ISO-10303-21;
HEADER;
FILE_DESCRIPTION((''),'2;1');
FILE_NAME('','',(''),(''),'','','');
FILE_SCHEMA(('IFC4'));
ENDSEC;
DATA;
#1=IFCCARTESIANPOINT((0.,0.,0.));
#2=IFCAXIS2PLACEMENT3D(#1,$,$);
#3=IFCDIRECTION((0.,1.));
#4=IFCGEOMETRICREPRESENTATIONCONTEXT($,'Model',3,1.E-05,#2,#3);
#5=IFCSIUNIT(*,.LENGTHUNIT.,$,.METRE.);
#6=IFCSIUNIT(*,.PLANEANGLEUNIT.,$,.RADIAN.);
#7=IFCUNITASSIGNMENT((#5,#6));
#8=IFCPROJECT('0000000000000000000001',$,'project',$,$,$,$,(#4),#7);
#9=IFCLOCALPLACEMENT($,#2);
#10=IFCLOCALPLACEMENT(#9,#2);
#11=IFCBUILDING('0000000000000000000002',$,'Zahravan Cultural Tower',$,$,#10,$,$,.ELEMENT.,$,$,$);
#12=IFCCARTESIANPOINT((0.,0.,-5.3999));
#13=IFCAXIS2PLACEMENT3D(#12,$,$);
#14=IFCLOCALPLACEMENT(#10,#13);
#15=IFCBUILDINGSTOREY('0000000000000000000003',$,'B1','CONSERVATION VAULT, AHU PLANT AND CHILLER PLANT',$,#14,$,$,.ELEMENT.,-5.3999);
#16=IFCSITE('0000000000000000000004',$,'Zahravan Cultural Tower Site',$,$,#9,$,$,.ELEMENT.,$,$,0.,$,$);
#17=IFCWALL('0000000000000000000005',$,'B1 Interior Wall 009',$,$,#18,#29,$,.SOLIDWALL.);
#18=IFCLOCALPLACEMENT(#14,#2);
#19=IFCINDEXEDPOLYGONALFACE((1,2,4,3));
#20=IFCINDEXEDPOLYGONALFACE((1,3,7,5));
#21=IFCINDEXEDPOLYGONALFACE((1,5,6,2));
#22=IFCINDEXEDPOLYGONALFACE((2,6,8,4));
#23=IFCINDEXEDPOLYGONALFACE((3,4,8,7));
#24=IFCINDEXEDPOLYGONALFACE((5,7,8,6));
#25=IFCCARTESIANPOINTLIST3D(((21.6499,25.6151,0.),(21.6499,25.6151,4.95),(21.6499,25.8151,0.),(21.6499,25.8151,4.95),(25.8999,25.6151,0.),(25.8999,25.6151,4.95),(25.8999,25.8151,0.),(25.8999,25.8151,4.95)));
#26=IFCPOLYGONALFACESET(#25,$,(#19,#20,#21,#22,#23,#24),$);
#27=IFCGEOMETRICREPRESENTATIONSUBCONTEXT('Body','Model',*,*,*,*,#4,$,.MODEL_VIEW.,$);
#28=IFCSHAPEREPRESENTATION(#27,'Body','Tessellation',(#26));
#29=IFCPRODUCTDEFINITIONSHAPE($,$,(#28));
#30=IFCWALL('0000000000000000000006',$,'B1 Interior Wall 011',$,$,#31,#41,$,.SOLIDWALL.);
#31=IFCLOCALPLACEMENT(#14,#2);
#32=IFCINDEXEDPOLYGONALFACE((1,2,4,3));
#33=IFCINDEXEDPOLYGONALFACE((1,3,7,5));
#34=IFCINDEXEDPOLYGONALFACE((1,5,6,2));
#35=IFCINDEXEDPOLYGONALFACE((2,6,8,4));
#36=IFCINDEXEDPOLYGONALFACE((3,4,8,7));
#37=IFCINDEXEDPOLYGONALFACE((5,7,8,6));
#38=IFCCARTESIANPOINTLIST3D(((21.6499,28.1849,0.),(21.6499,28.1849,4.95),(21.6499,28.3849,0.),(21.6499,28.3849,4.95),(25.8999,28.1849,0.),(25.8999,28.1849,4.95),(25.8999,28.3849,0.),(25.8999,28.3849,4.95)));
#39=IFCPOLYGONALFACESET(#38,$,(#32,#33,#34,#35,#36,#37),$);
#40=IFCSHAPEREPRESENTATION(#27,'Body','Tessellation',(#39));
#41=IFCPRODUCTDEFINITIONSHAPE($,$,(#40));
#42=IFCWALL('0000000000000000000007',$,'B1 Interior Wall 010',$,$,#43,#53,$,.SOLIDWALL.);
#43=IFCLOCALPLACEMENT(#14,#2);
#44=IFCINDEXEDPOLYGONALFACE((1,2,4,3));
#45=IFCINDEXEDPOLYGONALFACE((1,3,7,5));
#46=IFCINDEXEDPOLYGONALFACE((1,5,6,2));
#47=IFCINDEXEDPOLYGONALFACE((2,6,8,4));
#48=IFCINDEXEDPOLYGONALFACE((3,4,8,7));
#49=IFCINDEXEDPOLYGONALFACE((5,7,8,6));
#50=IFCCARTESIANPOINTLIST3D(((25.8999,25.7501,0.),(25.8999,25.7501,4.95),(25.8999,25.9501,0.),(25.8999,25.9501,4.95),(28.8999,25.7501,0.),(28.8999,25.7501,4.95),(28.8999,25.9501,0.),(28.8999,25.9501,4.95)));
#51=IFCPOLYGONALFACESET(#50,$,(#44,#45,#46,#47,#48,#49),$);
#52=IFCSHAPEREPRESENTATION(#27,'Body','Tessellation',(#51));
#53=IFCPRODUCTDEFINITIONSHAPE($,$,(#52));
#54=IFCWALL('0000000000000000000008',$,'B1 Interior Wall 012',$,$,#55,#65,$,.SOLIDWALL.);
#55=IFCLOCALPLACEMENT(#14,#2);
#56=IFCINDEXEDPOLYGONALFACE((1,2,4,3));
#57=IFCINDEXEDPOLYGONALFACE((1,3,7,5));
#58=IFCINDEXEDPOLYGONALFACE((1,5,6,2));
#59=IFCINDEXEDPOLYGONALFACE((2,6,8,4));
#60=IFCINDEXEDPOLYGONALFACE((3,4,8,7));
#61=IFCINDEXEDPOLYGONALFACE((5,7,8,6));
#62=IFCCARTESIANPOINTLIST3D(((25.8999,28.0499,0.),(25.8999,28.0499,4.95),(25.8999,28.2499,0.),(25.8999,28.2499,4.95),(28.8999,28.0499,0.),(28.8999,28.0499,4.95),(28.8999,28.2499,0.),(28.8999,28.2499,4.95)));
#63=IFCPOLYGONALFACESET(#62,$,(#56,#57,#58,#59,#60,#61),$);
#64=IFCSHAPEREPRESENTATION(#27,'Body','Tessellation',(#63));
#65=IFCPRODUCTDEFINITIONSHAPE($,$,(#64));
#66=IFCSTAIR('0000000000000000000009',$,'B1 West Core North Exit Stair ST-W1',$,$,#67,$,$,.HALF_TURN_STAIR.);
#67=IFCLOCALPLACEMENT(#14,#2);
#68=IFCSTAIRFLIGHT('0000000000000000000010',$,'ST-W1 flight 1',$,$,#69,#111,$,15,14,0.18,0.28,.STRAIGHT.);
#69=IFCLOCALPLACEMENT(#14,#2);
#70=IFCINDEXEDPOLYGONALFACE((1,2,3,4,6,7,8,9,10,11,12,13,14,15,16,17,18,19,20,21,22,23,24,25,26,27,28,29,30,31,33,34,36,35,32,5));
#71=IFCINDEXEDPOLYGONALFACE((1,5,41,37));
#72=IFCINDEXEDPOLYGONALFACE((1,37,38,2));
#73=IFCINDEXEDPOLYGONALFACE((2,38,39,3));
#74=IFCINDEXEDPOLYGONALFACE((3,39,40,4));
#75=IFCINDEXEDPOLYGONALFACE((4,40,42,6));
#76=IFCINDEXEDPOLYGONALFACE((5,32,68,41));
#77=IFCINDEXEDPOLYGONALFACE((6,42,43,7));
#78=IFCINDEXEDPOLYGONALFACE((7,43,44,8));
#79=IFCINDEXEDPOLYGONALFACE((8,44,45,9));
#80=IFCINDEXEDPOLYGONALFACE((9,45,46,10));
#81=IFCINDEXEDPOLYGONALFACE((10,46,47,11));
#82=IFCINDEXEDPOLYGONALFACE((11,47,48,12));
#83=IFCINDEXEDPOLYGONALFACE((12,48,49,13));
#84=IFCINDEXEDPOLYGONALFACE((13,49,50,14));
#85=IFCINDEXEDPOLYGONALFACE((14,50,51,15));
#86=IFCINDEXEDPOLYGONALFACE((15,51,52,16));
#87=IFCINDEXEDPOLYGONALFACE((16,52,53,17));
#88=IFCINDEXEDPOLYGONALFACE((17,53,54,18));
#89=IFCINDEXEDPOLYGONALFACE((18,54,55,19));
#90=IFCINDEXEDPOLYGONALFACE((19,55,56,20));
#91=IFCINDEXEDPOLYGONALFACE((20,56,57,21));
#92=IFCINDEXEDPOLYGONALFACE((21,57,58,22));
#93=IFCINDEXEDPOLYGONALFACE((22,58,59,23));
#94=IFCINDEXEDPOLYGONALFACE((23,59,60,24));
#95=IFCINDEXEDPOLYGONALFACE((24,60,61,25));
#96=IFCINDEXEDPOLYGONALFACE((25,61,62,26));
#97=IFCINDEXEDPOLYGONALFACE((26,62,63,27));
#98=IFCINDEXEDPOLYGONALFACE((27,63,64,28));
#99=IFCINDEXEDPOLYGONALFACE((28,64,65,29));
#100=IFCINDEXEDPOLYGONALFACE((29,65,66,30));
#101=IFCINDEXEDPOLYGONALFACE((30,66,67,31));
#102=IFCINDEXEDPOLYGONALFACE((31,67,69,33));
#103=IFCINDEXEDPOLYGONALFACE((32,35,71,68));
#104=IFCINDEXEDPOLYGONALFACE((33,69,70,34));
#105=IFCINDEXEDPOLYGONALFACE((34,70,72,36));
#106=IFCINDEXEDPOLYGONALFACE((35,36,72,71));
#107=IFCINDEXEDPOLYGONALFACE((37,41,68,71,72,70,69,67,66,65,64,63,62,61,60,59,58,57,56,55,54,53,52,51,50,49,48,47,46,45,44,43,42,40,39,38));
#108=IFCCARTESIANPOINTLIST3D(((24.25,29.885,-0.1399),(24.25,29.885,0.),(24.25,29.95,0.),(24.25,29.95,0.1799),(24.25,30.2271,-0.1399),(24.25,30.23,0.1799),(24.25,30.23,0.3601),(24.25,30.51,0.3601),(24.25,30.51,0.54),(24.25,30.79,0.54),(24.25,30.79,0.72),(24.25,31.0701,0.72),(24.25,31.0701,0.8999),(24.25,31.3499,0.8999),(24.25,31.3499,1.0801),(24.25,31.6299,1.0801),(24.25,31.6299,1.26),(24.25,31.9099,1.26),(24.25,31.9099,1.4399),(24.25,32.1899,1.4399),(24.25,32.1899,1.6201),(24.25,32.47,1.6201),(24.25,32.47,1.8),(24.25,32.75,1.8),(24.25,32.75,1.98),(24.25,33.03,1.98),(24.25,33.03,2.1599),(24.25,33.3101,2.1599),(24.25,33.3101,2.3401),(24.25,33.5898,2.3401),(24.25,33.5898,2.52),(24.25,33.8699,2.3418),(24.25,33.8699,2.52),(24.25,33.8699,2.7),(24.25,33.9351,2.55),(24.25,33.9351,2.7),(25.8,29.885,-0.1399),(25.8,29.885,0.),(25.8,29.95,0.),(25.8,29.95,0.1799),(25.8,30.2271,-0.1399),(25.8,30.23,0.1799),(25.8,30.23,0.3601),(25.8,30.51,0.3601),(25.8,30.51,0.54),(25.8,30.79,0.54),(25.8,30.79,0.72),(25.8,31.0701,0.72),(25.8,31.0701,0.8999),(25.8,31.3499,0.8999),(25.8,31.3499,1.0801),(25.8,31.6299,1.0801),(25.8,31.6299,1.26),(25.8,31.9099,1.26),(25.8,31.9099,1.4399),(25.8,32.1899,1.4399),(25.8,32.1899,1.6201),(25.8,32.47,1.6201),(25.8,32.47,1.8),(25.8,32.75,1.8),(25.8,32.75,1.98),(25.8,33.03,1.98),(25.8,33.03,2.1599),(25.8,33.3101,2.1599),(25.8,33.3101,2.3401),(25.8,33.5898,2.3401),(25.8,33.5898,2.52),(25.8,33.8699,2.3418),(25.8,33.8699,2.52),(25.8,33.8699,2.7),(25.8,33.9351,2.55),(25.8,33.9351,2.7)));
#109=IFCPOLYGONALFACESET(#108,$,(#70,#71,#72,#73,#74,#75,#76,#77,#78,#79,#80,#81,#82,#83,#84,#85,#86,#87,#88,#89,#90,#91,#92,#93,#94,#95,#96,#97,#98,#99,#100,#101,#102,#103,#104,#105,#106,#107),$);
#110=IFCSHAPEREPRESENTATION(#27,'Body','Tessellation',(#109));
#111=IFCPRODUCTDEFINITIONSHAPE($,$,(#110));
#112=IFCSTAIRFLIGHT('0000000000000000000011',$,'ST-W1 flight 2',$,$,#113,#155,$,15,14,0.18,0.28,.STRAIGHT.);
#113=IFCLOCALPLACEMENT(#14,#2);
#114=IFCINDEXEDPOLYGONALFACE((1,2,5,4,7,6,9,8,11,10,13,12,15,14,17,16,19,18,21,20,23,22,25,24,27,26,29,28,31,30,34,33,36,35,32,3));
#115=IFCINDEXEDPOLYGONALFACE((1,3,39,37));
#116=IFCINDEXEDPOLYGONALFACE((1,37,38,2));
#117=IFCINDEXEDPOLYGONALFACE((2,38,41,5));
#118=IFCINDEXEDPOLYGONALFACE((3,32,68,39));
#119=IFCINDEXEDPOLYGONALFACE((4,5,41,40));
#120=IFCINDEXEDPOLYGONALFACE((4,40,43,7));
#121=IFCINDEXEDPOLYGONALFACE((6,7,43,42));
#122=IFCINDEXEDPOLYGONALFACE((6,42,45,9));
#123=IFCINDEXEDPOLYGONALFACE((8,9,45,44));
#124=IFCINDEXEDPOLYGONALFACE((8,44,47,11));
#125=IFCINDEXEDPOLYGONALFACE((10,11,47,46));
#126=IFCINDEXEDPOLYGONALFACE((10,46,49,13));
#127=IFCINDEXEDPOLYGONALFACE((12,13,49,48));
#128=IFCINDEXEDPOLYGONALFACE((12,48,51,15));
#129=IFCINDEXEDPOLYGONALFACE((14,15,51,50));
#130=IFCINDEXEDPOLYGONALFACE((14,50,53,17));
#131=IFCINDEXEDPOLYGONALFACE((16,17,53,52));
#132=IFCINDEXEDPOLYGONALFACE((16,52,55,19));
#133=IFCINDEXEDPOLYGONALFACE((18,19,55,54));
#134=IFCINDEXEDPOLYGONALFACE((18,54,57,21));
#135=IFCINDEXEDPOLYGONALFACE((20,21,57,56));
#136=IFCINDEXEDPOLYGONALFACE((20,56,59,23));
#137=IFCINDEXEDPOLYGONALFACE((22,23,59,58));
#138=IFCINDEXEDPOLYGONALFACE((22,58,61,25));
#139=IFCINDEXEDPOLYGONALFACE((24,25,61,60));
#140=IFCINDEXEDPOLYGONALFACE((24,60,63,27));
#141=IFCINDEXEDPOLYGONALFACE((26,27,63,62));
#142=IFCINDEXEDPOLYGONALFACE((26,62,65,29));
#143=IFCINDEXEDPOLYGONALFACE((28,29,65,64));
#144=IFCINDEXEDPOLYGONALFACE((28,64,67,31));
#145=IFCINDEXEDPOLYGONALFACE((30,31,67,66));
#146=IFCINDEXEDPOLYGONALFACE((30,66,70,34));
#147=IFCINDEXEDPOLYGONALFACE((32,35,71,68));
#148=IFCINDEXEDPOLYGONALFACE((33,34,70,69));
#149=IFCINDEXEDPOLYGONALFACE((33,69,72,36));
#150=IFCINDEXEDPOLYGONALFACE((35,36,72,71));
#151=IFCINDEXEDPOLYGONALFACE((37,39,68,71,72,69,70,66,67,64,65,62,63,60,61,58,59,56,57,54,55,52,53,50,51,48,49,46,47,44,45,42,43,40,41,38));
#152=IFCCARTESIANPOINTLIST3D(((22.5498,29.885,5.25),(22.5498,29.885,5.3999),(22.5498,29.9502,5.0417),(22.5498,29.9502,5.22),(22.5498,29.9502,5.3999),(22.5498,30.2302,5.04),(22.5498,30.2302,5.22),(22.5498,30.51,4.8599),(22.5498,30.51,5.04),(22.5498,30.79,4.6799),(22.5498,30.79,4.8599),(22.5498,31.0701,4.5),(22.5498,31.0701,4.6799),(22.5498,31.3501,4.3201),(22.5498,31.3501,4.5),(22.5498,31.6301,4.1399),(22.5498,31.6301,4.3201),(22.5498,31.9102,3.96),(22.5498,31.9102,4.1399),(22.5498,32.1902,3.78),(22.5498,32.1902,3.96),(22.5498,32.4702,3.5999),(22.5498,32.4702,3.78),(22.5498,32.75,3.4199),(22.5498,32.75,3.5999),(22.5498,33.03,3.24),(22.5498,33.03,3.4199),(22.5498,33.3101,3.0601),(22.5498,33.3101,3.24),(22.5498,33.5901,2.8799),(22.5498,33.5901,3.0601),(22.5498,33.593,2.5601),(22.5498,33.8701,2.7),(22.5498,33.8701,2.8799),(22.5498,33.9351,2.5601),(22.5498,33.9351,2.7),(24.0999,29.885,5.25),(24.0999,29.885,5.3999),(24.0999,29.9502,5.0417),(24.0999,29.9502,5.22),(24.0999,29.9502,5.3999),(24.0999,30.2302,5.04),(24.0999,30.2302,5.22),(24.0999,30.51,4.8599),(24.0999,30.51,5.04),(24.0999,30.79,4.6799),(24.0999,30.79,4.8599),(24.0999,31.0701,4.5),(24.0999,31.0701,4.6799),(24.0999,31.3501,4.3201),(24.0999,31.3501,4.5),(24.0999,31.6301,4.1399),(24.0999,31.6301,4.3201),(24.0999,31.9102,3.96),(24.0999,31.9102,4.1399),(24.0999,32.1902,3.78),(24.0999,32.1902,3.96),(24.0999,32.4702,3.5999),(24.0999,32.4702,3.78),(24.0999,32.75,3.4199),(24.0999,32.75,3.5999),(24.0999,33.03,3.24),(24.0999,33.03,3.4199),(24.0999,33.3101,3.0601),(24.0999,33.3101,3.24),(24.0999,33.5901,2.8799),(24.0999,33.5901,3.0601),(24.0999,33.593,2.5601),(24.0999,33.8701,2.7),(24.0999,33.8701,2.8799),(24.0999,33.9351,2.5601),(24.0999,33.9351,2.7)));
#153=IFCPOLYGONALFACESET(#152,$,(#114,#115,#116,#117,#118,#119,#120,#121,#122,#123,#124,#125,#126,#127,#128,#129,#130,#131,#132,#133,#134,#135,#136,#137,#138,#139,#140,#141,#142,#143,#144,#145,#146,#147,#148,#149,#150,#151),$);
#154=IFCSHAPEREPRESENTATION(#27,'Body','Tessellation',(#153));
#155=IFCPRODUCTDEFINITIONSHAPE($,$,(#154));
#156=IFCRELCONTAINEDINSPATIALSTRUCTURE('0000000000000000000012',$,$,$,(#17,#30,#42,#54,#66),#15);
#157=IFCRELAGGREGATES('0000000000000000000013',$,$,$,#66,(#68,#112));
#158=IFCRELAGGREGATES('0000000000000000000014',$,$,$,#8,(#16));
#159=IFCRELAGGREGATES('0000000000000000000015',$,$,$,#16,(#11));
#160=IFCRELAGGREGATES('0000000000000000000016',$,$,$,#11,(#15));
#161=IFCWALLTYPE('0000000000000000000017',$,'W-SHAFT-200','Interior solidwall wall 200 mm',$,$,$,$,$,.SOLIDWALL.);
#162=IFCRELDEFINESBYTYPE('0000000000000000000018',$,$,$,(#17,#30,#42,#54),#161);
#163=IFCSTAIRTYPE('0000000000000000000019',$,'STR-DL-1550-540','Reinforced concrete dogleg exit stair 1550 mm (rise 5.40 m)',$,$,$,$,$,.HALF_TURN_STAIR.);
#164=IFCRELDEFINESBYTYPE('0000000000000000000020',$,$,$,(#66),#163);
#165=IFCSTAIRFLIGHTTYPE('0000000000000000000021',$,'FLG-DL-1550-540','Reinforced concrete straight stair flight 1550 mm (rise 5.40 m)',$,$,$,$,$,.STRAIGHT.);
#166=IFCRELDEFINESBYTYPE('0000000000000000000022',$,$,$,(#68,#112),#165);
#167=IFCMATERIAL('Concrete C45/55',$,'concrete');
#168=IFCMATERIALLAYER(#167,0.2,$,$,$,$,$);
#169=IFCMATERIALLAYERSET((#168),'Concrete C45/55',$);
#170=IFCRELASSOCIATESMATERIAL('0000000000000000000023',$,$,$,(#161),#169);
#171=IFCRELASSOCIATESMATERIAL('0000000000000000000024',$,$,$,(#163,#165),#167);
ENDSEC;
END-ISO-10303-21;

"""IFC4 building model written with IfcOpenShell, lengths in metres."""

from ifc_helpers import new_model, si_unit, direction, frame, frame_2d, origin, place, context, subcontext, project, spatial, polyline, rectangle, outline, extrude, source, transform, mapped, material, layer, layer_set, type_object, element, aggregate, save


model = new_model("IFC4")

# Units and contexts
model_context = context("Model", 3, precision=1e-05, world=origin(), true_north=direction((0.0, 1.0)))
body_context = subcontext(model_context, "Body", "Model", "MODEL_VIEW")
ifc_project = project(units=[si_unit("LENGTHUNIT", "METRE"), si_unit("PLANEANGLEUNIT", "RADIAN")], contexts=[model_context])

# Site, building, storey
site_placement = place(None, origin())
site = spatial("IfcSite", under=ifc_project, at=site_placement, Name="Zahravan Cultural Tower Site", CompositionType="ELEMENT", RefElevation=0.0)
building_placement = place(site_placement, origin())
building = spatial("IfcBuilding", under=site, at=building_placement, Name="Zahravan Cultural Tower", CompositionType="ELEMENT")
storey_placement = place(building_placement, frame((0.0, 0.0, -5.3999)))
storey = spatial("IfcBuildingStorey", under=building, at=storey_placement, Name="B1", Description="CONSERVATION VAULT, AHU PLANT AND CHILLER PLANT", CompositionType="ELEMENT", Elevation=-5.3999)

# Shared definitions
ifc_material_1 = material(Name="Concrete C45/55", Category="concrete")

# Shared definitions
ifc_layer_1 = layer(ifc_material_1, 0.2)
ifc_layer_set_1 = layer_set([ifc_layer_1], Name="Concrete C45/55")
wall_type_1 = type_object("IfcWallType", Name="W-SHAFT-200", Description="Interior solidwall wall 200 mm", PredefinedType="SOLIDWALL", material=ifc_layer_set_1)

# Walls
shared_shape_1 = source(origin(), body_context, "Body", "SweptSolid", [
    extrude(rectangle(XDim=4.25, YDim=0.2, at=frame_2d((2.125, 0.0))), origin(), (0.0, 0.0, 1.0), 4.95),
])
for number, where, z_axis, x_axis, name in (
    (1, (21.6499, 25.7151, 0.0), (0.0, 0.0, 1.0), (1.0, 0.0, 0.0), "B1 Interior Wall 009"),
    (2, (21.6499, 28.2849, 0.0), (0.0, 0.0, 1.0), (1.0, 0.0, 0.0), "B1 Interior Wall 011"),
):
    element("IfcWall", number, at=place(storey_placement, frame(where, z_axis=z_axis, x_axis=x_axis)), inside=storey, type_object=wall_type_1, Name=name, PredefinedType="SOLIDWALL", context=body_context, shape_type="MappedRepresentation", body=[
        mapped(shared_shape_1, transform((0.0, 0.0, 0.0), x_axis=(1.0, 0.0, 0.0), y_axis=(0.0, 1.0, 0.0), z_axis=(0.0, 0.0, 1.0), scale=1.0)),
    ])
shared_shape_2 = source(origin(), body_context, "Body", "SweptSolid", [
    extrude(rectangle(XDim=3.0, YDim=0.2, at=frame_2d((1.5, 0.0))), origin(), (0.0, 0.0, 1.0), 4.95),
])
for number, where, z_axis, x_axis, name in (
    (3, (25.8999, 25.8501, 0.0), (0.0, 0.0, 1.0), (1.0, 0.0, 0.0), "B1 Interior Wall 010"),
    (4, (25.8999, 28.1499, 0.0), (0.0, 0.0, 1.0), (1.0, 0.0, 0.0), "B1 Interior Wall 012"),
):
    element("IfcWall", number, at=place(storey_placement, frame(where, z_axis=z_axis, x_axis=x_axis)), inside=storey, type_object=wall_type_1, Name=name, PredefinedType="SOLIDWALL", context=body_context, shape_type="MappedRepresentation", body=[
        mapped(shared_shape_2, transform((0.0, 0.0, 0.0), x_axis=(1.0, 0.0, 0.0), y_axis=(0.0, 1.0, 0.0), z_axis=(0.0, 0.0, 1.0), scale=1.0)),
    ])

# Stair, stair flights
stair_type = type_object("IfcStairType", Name="STR-DL-1550-540", Description="Reinforced concrete dogleg exit stair 1550 mm (rise 5.40 m)", PredefinedType="HALF_TURN_STAIR", material=ifc_material_1)
stair_placement = place(storey_placement, origin())
stair = element("IfcStair", 5, at=stair_placement, inside=storey, type_object=stair_type, Name="B1 West Core North Exit Stair ST-W1", PredefinedType="HALF_TURN_STAIR")
stair_flight_type = type_object("IfcStairFlightType", Name="FLG-DL-1550-540", Description="Reinforced concrete straight stair flight 1550 mm (rise 5.40 m)", PredefinedType="STRAIGHT", material=ifc_material_1)
stair_flight_1_placement = place(storey_placement, frame((25.0249, 29.95, 0.0), z_axis=(0.0, 0.0, 1.0), x_axis=(0.0, 1.0, 0.0)))
stair_flight_1 = element("IfcStairFlight", 6, at=stair_flight_1_placement, type_object=stair_flight_type, Name="ST-W1 flight 1", NumberOfRisers=15, NumberOfTreads=14, PredefinedType="STRAIGHT", RiserHeight=0.18, TreadLength=0.28, context=body_context, shape_type="SweptSolid", body=[
    extrude(outline(polyline([(-0.0649, -0.1399), (-0.0649, 0.0), (0.0, 0.0), (0.0, 0.1799), (0.28, 0.1799), (0.28, 0.3601), (0.5601, 0.3601), (0.5601, 0.54), (0.8401, 0.54), (0.8401, 0.72), (1.1201, 0.72), (1.1201, 0.8999), (1.3999, 0.8999), (1.3999, 1.0801), (1.6799, 1.0801), (1.6799, 1.26), (1.96, 1.26), (1.96, 1.4399), (2.24, 1.4399), (2.24, 1.6201), (2.52, 1.6201), (2.52, 1.8), (2.8, 1.8), (2.8, 1.98), (3.0801, 1.98), (3.0801, 2.1599), (3.3601, 2.1599), (3.3601, 2.3401), (3.6399, 2.3401), (3.6399, 2.52), (3.9199, 2.52), (3.9199, 2.7), (3.9851, 2.7), (3.9851, 2.55), (3.9199, 2.3418), (0.2771, -0.1399), (-0.0649, -0.1399)])), frame((0.0, 0.7749, 0.0), z_axis=(0.0, -1.0, 0.0), x_axis=(1.0, 0.0, 0.0)), (0.0, 0.0, 1.0), 1.55),
])
stair_flight_2_placement = place(storey_placement, frame((23.325, 33.8701, 2.7), z_axis=(0.0, 0.0, 1.0), x_axis=(0.0, -1.0, 0.0)))
stair_flight_2 = element("IfcStairFlight", 7, at=stair_flight_2_placement, type_object=stair_flight_type, Name="ST-W1 flight 2", NumberOfRisers=15, NumberOfTreads=14, PredefinedType="STRAIGHT", RiserHeight=0.18, TreadLength=0.28, context=body_context, shape_type="SweptSolid", body=[
    extrude(outline(polyline([(-0.0649, -0.1399), (-0.0649, 0.0), (0.0, 0.0), (0.0, 0.1799), (0.28, 0.1799), (0.28, 0.3601), (0.5601, 0.3601), (0.5601, 0.54), (0.8401, 0.54), (0.8401, 0.72), (1.1201, 0.72), (1.1201, 0.8999), (1.3999, 0.8999), (1.3999, 1.0801), (1.6799, 1.0801), (1.6799, 1.26), (1.96, 1.26), (1.96, 1.4399), (2.24, 1.4399), (2.24, 1.6201), (2.52, 1.6201), (2.52, 1.8), (2.8, 1.8), (2.8, 1.98), (3.0801, 1.98), (3.0801, 2.1599), (3.3601, 2.1599), (3.3601, 2.3401), (3.6399, 2.3401), (3.6399, 2.52), (3.9199, 2.52), (3.9199, 2.7), (3.9851, 2.7), (3.9851, 2.55), (3.9199, 2.3418), (0.2771, -0.1399), (-0.0649, -0.1399)])), frame((0.0, 0.7749, 0.0), z_axis=(0.0, -1.0, 0.0), x_axis=(1.0, 0.0, 0.0)), (0.0, 0.0, 1.0), 1.55),
])
aggregate(stair, [stair_flight_1, stair_flight_2])

save(model, "model.ifc")
